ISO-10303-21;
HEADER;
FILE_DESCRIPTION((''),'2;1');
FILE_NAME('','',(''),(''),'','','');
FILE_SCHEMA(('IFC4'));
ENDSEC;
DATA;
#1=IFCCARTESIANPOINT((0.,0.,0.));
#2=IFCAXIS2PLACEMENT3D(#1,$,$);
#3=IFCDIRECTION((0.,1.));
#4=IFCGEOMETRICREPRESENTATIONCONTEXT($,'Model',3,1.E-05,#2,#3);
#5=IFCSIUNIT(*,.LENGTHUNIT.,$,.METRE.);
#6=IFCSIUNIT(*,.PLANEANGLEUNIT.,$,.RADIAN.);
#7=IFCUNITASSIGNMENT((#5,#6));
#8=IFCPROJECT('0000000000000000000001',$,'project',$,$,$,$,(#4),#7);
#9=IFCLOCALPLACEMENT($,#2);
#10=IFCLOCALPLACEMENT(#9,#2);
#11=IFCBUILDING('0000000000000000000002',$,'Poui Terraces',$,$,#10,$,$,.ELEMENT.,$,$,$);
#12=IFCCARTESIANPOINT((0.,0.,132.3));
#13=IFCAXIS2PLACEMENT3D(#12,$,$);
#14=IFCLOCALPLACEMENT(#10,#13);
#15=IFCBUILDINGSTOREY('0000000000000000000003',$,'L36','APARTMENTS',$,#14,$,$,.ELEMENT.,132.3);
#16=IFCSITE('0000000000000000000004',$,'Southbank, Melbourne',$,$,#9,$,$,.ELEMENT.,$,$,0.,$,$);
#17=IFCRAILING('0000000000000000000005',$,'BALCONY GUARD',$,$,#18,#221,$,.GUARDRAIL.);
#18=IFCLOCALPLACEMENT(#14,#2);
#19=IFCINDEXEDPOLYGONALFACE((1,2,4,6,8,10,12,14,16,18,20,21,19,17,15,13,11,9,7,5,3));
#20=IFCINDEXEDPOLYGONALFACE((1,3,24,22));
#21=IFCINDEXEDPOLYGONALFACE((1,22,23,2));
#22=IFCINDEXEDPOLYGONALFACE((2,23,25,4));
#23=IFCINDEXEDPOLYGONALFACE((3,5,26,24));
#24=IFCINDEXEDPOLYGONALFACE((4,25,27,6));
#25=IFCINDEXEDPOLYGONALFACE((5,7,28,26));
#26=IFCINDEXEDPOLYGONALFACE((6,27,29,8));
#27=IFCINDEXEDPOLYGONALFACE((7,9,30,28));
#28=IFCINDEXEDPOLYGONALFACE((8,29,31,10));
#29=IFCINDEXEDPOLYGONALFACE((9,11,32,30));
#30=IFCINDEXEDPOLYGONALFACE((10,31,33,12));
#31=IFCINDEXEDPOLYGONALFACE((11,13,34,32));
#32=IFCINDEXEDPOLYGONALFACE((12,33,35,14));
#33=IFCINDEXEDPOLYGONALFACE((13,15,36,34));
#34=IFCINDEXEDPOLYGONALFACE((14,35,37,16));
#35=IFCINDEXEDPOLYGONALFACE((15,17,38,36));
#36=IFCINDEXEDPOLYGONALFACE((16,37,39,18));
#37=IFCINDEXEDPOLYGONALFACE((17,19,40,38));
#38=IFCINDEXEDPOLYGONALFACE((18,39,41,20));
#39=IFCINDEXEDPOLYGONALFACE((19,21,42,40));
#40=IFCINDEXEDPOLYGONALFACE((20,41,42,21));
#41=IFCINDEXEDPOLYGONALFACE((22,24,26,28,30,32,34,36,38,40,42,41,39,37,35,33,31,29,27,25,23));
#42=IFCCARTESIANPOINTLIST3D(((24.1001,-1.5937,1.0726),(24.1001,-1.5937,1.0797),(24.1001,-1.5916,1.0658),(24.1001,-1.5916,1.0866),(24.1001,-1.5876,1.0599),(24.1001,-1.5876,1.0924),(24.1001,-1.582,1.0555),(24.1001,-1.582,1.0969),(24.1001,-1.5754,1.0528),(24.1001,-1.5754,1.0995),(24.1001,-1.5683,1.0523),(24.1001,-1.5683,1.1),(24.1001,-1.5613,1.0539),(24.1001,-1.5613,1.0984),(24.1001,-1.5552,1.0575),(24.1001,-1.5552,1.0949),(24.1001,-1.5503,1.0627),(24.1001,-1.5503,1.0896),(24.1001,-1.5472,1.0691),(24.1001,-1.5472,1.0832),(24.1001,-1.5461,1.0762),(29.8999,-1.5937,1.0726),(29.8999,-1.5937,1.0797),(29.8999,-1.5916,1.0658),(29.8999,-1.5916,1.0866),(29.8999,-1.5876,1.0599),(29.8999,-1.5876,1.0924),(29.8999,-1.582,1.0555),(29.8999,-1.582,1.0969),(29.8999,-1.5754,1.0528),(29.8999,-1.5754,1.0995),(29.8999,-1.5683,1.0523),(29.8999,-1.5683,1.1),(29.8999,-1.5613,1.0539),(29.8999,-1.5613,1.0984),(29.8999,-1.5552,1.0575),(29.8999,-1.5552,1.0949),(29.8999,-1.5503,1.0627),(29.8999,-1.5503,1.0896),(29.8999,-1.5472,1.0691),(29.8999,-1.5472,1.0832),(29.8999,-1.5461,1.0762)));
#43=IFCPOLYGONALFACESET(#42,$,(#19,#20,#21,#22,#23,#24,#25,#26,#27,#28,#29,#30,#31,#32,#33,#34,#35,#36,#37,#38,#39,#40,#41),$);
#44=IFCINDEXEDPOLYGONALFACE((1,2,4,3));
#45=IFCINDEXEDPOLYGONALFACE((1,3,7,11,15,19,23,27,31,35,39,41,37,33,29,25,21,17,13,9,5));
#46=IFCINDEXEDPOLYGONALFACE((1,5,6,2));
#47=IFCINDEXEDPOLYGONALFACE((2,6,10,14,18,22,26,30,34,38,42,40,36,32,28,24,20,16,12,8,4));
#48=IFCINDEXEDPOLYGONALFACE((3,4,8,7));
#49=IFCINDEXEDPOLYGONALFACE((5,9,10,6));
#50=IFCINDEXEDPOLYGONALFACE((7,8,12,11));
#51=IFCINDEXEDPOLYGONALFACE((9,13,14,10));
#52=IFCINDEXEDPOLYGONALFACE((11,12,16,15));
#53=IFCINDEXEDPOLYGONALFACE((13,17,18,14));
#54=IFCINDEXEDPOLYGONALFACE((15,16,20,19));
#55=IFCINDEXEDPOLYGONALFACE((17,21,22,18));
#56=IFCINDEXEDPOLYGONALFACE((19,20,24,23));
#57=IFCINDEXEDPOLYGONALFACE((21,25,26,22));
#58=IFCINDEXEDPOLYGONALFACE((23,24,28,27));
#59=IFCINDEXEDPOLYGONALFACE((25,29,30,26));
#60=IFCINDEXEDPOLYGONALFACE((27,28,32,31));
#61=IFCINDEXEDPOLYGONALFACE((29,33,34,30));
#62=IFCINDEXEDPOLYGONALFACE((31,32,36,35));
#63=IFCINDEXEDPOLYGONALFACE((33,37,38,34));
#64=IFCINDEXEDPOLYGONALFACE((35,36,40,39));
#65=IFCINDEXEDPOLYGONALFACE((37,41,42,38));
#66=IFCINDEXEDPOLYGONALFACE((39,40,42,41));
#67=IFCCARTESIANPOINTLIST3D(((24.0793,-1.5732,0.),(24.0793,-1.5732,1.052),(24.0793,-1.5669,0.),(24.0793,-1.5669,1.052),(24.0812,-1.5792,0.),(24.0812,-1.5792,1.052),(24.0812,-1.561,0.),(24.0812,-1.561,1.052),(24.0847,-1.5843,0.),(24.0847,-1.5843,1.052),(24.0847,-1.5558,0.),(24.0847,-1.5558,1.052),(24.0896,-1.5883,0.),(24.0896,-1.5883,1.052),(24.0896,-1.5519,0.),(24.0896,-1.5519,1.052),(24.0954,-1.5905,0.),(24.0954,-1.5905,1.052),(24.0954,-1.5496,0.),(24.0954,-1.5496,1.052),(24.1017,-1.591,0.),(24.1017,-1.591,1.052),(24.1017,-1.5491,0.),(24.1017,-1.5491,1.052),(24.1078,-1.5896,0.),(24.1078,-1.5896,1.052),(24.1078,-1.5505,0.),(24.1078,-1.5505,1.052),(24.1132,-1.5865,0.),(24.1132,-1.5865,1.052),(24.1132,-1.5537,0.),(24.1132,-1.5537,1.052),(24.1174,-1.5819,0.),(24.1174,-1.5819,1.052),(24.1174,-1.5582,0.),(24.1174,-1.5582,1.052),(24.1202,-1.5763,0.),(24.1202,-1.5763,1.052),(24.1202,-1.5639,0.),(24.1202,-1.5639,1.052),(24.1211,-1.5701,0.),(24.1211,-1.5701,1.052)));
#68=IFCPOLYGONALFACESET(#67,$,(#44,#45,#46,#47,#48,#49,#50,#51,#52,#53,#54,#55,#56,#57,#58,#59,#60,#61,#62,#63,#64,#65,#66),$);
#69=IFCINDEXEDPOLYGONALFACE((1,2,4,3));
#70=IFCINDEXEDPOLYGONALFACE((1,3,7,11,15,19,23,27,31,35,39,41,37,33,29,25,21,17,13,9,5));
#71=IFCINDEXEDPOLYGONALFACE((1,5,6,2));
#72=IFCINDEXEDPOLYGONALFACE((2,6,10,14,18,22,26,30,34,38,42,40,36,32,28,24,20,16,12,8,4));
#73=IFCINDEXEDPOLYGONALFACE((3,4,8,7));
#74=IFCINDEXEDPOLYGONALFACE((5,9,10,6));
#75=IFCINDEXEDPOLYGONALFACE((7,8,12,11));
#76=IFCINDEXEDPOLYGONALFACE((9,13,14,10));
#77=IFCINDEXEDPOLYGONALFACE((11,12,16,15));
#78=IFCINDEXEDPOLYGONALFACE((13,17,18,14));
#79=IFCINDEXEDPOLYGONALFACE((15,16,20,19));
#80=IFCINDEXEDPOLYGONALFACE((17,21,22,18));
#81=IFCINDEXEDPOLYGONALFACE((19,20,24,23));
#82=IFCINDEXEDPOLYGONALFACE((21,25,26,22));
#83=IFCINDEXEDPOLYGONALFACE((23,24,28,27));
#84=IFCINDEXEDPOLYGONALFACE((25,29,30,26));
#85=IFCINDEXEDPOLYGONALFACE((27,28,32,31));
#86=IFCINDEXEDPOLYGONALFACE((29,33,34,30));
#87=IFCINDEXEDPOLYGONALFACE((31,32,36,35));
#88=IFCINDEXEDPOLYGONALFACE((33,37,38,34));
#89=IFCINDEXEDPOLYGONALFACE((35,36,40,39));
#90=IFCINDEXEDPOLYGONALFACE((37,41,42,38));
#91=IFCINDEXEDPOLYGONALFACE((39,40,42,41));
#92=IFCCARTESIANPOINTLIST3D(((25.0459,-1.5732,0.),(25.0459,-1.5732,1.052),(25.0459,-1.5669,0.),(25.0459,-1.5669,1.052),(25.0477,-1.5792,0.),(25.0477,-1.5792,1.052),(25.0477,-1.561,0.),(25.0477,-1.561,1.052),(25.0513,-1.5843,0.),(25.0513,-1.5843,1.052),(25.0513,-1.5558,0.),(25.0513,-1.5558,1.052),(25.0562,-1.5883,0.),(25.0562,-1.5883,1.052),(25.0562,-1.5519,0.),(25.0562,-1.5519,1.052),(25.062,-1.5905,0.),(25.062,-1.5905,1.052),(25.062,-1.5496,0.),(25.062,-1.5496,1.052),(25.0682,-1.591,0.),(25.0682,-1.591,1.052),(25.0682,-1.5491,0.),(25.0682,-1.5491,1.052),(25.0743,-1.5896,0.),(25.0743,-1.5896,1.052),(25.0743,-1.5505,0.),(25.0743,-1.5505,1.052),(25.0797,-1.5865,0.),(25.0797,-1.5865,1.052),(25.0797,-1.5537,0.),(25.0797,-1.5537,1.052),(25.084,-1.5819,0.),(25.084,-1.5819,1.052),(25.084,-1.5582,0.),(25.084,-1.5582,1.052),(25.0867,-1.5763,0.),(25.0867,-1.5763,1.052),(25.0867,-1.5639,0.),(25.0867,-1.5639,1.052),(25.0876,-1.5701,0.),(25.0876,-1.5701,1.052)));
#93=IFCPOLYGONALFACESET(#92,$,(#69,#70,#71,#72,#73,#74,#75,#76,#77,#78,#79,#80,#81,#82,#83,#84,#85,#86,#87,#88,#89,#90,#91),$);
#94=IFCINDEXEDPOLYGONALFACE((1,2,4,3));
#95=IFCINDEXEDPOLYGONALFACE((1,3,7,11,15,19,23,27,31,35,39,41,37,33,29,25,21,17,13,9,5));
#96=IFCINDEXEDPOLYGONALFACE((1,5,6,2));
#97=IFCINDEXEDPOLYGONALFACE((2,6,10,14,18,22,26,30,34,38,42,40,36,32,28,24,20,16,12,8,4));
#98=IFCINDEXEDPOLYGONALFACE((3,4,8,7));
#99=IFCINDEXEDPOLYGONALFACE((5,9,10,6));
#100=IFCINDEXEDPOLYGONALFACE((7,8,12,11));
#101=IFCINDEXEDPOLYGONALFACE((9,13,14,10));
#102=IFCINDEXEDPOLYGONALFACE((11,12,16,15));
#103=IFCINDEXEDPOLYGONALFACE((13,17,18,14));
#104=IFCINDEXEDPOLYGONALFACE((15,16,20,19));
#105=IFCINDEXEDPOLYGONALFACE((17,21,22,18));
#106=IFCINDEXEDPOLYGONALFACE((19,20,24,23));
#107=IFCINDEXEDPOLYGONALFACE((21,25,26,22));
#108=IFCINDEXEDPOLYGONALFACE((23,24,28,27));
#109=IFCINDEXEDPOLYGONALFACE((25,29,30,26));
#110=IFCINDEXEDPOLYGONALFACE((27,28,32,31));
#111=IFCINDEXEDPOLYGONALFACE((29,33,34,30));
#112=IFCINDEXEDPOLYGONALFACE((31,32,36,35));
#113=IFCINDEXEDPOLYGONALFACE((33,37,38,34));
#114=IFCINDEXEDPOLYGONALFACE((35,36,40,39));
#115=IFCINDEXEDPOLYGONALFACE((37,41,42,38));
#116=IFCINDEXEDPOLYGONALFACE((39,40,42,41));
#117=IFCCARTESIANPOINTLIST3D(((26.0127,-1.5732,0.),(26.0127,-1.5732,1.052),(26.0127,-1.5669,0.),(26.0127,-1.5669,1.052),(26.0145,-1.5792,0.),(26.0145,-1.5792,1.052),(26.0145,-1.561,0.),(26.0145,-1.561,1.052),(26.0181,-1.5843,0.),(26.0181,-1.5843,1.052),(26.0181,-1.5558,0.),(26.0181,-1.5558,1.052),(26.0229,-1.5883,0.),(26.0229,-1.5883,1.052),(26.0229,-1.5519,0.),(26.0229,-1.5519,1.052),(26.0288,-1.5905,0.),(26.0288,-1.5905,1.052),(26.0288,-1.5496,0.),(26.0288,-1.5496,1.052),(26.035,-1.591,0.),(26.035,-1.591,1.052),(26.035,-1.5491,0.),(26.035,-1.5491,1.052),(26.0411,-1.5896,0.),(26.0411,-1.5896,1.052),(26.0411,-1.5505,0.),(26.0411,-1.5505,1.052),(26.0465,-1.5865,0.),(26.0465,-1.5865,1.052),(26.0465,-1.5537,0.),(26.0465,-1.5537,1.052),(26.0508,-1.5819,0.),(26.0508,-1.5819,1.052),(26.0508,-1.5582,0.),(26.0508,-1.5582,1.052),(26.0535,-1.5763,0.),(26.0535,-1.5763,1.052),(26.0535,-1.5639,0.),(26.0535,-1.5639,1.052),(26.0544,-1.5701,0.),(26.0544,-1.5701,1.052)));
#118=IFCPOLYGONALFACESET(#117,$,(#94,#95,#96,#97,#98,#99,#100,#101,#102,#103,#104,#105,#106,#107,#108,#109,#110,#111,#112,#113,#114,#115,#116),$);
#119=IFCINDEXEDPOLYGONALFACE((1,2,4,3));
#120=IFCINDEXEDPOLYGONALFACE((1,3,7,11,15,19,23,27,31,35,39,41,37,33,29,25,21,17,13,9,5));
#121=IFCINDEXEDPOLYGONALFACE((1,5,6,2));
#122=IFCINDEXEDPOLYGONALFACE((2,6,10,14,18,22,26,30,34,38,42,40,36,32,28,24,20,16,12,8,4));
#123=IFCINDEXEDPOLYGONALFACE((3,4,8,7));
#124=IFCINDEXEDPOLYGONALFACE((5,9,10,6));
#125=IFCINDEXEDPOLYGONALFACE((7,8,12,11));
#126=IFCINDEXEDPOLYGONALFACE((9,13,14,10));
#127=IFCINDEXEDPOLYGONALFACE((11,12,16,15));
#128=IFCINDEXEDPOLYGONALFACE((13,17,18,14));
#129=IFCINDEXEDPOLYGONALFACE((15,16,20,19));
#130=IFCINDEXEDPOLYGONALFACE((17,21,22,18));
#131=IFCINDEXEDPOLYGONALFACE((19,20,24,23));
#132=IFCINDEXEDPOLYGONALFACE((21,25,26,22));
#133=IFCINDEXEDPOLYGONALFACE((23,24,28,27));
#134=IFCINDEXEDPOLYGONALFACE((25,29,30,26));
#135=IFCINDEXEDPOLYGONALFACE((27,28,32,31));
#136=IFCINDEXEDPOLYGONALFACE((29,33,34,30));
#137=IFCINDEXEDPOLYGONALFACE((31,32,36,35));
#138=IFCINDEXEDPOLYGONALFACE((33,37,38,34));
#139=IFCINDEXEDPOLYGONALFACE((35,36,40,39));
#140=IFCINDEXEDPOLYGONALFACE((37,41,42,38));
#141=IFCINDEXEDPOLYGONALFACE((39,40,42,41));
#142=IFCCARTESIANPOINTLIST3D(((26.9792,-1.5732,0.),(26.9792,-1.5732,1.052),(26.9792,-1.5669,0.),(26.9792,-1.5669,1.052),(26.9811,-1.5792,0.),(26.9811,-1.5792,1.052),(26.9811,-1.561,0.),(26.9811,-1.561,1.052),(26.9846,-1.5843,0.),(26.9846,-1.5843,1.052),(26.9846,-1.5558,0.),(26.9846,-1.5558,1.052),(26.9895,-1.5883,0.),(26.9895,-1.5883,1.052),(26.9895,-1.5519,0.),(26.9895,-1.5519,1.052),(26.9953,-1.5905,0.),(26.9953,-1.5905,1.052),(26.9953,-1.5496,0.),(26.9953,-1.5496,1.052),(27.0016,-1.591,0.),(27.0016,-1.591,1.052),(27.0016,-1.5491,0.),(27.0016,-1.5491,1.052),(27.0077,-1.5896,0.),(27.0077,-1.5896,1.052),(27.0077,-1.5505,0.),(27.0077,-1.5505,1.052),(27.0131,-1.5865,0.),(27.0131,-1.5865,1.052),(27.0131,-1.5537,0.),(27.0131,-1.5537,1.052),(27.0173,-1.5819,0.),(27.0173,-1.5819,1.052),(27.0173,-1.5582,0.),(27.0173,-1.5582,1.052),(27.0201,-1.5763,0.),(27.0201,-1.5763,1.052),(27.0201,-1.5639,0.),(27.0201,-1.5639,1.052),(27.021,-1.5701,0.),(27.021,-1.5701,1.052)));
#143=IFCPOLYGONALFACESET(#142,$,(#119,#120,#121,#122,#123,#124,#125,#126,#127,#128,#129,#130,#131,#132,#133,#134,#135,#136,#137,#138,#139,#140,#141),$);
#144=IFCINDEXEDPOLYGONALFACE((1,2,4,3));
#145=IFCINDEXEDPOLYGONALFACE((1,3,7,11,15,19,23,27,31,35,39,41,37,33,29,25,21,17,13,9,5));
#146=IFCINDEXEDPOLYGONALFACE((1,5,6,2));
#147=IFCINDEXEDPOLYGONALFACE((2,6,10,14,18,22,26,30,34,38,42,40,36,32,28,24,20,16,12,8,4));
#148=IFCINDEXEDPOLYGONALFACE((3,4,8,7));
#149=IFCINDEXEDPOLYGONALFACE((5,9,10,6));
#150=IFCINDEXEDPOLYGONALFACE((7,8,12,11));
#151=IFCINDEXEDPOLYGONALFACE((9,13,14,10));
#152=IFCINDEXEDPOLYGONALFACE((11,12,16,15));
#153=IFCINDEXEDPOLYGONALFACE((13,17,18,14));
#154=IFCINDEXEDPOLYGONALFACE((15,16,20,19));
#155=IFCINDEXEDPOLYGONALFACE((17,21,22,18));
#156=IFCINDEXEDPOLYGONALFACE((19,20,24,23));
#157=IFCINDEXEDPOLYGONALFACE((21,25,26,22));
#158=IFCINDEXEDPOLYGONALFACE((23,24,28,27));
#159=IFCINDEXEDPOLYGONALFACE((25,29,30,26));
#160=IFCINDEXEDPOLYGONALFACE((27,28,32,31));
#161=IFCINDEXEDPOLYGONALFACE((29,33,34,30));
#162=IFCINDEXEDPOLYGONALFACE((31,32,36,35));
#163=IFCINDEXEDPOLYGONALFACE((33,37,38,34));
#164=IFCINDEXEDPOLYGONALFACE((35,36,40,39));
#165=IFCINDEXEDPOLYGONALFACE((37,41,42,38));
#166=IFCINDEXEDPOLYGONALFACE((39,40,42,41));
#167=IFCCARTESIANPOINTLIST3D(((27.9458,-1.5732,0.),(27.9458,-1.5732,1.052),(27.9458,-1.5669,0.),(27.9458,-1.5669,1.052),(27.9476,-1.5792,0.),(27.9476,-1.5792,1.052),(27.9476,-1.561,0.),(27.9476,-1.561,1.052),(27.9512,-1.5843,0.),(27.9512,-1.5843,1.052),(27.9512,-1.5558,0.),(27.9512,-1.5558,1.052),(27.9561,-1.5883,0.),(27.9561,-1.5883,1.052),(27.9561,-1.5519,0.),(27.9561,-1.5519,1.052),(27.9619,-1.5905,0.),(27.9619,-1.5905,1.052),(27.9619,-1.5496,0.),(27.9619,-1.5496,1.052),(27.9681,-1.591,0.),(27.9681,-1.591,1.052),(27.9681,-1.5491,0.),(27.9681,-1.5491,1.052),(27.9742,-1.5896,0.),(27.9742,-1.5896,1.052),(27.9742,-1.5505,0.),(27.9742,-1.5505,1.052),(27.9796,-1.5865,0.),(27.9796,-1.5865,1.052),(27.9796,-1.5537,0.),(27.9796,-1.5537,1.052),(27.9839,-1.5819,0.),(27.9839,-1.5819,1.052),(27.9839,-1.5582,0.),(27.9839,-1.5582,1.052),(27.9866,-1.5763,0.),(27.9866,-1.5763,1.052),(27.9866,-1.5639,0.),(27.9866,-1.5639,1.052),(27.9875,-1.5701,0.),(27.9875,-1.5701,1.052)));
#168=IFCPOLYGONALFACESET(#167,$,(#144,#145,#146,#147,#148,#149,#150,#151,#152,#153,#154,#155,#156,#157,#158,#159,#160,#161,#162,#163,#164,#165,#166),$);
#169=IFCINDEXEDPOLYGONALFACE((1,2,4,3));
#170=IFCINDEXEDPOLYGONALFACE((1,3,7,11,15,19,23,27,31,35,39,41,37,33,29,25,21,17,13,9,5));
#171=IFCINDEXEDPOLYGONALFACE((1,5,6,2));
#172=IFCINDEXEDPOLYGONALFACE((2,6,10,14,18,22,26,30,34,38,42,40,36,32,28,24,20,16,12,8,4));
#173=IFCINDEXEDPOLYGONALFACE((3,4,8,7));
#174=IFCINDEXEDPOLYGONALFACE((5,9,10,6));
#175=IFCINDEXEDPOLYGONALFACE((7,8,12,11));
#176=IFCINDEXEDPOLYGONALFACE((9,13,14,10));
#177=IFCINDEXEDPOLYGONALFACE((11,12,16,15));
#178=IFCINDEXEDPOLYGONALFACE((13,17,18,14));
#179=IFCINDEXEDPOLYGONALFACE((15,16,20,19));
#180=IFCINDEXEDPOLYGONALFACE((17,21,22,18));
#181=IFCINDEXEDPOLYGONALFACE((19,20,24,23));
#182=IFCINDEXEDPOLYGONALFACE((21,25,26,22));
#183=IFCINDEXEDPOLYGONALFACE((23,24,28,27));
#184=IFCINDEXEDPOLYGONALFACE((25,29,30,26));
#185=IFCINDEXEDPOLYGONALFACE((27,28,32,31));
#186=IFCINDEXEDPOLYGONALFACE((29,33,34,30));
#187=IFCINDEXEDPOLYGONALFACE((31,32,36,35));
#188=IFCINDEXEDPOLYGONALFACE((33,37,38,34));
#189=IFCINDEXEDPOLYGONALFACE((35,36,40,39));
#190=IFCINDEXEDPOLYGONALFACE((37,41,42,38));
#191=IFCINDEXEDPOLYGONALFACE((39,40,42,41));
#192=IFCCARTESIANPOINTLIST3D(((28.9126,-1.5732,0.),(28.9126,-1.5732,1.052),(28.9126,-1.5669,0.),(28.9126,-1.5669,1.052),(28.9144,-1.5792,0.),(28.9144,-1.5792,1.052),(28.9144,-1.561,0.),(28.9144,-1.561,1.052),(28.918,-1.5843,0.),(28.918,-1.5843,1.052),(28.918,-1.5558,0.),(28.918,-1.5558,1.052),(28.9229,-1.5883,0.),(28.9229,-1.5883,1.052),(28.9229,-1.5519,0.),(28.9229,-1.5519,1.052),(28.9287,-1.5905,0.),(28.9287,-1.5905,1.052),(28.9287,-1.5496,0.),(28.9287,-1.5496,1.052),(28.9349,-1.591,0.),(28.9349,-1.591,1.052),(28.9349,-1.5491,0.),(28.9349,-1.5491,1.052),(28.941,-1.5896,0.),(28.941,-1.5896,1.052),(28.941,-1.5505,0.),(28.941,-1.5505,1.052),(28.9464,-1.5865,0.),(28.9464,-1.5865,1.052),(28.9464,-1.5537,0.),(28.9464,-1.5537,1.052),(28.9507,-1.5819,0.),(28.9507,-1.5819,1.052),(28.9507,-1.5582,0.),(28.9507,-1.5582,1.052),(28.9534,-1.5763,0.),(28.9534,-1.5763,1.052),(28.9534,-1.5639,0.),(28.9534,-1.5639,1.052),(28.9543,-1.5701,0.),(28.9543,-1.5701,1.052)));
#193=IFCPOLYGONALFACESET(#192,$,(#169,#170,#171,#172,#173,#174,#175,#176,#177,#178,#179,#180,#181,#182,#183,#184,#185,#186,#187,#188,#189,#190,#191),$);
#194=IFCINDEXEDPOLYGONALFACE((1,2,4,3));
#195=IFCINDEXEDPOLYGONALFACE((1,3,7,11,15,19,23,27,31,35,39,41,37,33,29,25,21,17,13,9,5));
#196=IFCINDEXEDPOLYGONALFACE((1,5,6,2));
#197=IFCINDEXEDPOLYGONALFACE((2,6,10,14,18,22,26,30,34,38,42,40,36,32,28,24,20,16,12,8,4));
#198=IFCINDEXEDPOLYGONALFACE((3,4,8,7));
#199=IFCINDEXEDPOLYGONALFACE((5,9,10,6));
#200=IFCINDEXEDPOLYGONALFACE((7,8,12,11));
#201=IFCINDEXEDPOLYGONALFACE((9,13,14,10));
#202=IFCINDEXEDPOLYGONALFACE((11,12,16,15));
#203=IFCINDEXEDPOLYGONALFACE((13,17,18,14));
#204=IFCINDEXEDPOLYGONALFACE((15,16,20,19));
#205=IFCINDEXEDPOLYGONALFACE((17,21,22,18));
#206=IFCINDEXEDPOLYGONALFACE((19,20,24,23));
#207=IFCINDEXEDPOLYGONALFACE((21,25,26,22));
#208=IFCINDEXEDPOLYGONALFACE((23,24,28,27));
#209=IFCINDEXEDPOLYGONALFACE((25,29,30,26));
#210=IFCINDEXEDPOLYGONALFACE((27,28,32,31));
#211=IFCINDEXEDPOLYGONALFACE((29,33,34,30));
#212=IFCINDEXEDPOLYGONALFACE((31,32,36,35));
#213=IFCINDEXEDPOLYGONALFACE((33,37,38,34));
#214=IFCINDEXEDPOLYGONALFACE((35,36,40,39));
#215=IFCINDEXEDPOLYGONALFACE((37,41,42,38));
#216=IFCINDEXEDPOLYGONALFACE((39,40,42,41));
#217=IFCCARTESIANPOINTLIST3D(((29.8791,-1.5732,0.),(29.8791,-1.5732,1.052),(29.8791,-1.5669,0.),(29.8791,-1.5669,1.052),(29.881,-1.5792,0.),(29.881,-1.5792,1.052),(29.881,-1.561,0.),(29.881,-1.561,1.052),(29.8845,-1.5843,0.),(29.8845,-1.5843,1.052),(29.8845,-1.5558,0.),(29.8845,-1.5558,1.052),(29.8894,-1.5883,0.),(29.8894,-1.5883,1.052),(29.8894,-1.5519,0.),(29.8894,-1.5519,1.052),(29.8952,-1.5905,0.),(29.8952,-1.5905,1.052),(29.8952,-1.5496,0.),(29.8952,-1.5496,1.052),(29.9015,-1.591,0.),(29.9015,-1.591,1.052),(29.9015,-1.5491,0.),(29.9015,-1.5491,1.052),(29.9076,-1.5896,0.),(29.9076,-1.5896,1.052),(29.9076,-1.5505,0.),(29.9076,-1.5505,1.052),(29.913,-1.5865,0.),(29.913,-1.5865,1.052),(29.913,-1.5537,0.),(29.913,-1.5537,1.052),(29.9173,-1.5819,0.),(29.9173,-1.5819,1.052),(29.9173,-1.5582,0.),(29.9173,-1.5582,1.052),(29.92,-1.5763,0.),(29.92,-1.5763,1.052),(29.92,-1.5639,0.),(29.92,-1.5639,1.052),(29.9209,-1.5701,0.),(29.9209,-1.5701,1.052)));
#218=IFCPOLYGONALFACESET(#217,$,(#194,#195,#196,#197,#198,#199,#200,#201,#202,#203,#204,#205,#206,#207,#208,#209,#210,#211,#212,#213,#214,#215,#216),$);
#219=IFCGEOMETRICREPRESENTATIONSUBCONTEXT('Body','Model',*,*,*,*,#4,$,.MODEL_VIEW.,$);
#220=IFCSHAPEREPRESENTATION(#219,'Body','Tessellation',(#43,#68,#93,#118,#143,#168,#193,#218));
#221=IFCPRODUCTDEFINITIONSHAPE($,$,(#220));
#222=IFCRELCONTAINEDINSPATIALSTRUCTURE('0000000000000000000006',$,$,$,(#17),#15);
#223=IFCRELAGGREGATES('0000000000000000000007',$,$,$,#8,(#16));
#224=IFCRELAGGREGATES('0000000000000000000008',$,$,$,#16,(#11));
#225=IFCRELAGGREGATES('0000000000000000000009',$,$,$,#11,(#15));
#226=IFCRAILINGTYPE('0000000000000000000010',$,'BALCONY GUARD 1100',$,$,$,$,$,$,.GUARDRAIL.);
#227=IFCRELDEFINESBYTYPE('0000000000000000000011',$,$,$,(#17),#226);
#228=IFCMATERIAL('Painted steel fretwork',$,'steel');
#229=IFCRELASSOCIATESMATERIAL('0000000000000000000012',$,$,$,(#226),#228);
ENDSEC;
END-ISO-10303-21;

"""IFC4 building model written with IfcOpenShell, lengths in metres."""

from ifc_helpers import new_model, si_unit, direction, frame, origin, origin_2d, place, context, subcontext, project, spatial, circle, extrude, material, type_object, element, save


model = new_model("IFC4")

# Units and contexts
model_context = context("Model", 3, precision=1e-05, world=origin(), true_north=direction((0.0, 1.0)))
body_context = subcontext(model_context, "Body", "Model", "MODEL_VIEW")
ifc_project = project(units=[si_unit("LENGTHUNIT", "METRE"), si_unit("PLANEANGLEUNIT", "RADIAN")], contexts=[model_context])

# Site, building, storey
site_placement = place(None, origin())
site = spatial("IfcSite", under=ifc_project, at=site_placement, Name="Southbank, Melbourne", CompositionType="ELEMENT", RefElevation=0.0)
building_placement = place(site_placement, origin())
building = spatial("IfcBuilding", under=site, at=building_placement, Name="Poui Terraces", CompositionType="ELEMENT")
storey_placement = place(building_placement, frame((0.0, 0.0, 132.3)))
storey = spatial("IfcBuildingStorey", under=building, at=storey_placement, Name="L36", Description="APARTMENTS", CompositionType="ELEMENT", Elevation=132.3)

# Railing
ifc_material_1 = material(Name="Painted steel fretwork", Category="steel")
railing_type = type_object("IfcRailingType", Name="BALCONY GUARD 1100", PredefinedType="GUARDRAIL", material=ifc_material_1)
railing_placement = place(storey_placement, frame((24.1001, -1.5701, 0.0)))
element("IfcRailing", 1, at=railing_placement, inside=storey, type_object=railing_type, Name="BALCONY GUARD", PredefinedType="GUARDRAIL", context=body_context, shape_type="SweptSolid", body=[
    extrude(circle(Radius=0.0239, at=origin_2d()), frame((0.0, 0.0, 1.0762), z_axis=(1.0, 0.0, 0.0), x_axis=(0.0, 1.0, 0.0)), (0.0, 0.0, 1.0), 5.7998),
    extrude(circle(Radius=0.021, at=origin_2d()), origin(), (0.0, 0.0, 1.0), 1.052),
    extrude(circle(Radius=0.021, at=origin_2d()), frame((0.9666, 0.0, 0.0)), (0.0, 0.0, 1.0), 1.052),
    extrude(circle(Radius=0.021, at=origin_2d()), frame((1.9333, 0.0, 0.0)), (0.0, 0.0, 1.0), 1.052),
    extrude(circle(Radius=0.021, at=origin_2d()), frame((2.8999, 0.0, 0.0)), (0.0, 0.0, 1.0), 1.052),
    extrude(circle(Radius=0.021, at=origin_2d()), frame((3.8665, 0.0, 0.0)), (0.0, 0.0, 1.0), 1.052),
    extrude(circle(Radius=0.021, at=origin_2d()), frame((4.8333, 0.0, 0.0)), (0.0, 0.0, 1.0), 1.052),
    extrude(circle(Radius=0.021, at=origin_2d()), frame((5.7998, 0.0, 0.0)), (0.0, 0.0, 1.0), 1.052),
])

save(model, "model.ifc")
